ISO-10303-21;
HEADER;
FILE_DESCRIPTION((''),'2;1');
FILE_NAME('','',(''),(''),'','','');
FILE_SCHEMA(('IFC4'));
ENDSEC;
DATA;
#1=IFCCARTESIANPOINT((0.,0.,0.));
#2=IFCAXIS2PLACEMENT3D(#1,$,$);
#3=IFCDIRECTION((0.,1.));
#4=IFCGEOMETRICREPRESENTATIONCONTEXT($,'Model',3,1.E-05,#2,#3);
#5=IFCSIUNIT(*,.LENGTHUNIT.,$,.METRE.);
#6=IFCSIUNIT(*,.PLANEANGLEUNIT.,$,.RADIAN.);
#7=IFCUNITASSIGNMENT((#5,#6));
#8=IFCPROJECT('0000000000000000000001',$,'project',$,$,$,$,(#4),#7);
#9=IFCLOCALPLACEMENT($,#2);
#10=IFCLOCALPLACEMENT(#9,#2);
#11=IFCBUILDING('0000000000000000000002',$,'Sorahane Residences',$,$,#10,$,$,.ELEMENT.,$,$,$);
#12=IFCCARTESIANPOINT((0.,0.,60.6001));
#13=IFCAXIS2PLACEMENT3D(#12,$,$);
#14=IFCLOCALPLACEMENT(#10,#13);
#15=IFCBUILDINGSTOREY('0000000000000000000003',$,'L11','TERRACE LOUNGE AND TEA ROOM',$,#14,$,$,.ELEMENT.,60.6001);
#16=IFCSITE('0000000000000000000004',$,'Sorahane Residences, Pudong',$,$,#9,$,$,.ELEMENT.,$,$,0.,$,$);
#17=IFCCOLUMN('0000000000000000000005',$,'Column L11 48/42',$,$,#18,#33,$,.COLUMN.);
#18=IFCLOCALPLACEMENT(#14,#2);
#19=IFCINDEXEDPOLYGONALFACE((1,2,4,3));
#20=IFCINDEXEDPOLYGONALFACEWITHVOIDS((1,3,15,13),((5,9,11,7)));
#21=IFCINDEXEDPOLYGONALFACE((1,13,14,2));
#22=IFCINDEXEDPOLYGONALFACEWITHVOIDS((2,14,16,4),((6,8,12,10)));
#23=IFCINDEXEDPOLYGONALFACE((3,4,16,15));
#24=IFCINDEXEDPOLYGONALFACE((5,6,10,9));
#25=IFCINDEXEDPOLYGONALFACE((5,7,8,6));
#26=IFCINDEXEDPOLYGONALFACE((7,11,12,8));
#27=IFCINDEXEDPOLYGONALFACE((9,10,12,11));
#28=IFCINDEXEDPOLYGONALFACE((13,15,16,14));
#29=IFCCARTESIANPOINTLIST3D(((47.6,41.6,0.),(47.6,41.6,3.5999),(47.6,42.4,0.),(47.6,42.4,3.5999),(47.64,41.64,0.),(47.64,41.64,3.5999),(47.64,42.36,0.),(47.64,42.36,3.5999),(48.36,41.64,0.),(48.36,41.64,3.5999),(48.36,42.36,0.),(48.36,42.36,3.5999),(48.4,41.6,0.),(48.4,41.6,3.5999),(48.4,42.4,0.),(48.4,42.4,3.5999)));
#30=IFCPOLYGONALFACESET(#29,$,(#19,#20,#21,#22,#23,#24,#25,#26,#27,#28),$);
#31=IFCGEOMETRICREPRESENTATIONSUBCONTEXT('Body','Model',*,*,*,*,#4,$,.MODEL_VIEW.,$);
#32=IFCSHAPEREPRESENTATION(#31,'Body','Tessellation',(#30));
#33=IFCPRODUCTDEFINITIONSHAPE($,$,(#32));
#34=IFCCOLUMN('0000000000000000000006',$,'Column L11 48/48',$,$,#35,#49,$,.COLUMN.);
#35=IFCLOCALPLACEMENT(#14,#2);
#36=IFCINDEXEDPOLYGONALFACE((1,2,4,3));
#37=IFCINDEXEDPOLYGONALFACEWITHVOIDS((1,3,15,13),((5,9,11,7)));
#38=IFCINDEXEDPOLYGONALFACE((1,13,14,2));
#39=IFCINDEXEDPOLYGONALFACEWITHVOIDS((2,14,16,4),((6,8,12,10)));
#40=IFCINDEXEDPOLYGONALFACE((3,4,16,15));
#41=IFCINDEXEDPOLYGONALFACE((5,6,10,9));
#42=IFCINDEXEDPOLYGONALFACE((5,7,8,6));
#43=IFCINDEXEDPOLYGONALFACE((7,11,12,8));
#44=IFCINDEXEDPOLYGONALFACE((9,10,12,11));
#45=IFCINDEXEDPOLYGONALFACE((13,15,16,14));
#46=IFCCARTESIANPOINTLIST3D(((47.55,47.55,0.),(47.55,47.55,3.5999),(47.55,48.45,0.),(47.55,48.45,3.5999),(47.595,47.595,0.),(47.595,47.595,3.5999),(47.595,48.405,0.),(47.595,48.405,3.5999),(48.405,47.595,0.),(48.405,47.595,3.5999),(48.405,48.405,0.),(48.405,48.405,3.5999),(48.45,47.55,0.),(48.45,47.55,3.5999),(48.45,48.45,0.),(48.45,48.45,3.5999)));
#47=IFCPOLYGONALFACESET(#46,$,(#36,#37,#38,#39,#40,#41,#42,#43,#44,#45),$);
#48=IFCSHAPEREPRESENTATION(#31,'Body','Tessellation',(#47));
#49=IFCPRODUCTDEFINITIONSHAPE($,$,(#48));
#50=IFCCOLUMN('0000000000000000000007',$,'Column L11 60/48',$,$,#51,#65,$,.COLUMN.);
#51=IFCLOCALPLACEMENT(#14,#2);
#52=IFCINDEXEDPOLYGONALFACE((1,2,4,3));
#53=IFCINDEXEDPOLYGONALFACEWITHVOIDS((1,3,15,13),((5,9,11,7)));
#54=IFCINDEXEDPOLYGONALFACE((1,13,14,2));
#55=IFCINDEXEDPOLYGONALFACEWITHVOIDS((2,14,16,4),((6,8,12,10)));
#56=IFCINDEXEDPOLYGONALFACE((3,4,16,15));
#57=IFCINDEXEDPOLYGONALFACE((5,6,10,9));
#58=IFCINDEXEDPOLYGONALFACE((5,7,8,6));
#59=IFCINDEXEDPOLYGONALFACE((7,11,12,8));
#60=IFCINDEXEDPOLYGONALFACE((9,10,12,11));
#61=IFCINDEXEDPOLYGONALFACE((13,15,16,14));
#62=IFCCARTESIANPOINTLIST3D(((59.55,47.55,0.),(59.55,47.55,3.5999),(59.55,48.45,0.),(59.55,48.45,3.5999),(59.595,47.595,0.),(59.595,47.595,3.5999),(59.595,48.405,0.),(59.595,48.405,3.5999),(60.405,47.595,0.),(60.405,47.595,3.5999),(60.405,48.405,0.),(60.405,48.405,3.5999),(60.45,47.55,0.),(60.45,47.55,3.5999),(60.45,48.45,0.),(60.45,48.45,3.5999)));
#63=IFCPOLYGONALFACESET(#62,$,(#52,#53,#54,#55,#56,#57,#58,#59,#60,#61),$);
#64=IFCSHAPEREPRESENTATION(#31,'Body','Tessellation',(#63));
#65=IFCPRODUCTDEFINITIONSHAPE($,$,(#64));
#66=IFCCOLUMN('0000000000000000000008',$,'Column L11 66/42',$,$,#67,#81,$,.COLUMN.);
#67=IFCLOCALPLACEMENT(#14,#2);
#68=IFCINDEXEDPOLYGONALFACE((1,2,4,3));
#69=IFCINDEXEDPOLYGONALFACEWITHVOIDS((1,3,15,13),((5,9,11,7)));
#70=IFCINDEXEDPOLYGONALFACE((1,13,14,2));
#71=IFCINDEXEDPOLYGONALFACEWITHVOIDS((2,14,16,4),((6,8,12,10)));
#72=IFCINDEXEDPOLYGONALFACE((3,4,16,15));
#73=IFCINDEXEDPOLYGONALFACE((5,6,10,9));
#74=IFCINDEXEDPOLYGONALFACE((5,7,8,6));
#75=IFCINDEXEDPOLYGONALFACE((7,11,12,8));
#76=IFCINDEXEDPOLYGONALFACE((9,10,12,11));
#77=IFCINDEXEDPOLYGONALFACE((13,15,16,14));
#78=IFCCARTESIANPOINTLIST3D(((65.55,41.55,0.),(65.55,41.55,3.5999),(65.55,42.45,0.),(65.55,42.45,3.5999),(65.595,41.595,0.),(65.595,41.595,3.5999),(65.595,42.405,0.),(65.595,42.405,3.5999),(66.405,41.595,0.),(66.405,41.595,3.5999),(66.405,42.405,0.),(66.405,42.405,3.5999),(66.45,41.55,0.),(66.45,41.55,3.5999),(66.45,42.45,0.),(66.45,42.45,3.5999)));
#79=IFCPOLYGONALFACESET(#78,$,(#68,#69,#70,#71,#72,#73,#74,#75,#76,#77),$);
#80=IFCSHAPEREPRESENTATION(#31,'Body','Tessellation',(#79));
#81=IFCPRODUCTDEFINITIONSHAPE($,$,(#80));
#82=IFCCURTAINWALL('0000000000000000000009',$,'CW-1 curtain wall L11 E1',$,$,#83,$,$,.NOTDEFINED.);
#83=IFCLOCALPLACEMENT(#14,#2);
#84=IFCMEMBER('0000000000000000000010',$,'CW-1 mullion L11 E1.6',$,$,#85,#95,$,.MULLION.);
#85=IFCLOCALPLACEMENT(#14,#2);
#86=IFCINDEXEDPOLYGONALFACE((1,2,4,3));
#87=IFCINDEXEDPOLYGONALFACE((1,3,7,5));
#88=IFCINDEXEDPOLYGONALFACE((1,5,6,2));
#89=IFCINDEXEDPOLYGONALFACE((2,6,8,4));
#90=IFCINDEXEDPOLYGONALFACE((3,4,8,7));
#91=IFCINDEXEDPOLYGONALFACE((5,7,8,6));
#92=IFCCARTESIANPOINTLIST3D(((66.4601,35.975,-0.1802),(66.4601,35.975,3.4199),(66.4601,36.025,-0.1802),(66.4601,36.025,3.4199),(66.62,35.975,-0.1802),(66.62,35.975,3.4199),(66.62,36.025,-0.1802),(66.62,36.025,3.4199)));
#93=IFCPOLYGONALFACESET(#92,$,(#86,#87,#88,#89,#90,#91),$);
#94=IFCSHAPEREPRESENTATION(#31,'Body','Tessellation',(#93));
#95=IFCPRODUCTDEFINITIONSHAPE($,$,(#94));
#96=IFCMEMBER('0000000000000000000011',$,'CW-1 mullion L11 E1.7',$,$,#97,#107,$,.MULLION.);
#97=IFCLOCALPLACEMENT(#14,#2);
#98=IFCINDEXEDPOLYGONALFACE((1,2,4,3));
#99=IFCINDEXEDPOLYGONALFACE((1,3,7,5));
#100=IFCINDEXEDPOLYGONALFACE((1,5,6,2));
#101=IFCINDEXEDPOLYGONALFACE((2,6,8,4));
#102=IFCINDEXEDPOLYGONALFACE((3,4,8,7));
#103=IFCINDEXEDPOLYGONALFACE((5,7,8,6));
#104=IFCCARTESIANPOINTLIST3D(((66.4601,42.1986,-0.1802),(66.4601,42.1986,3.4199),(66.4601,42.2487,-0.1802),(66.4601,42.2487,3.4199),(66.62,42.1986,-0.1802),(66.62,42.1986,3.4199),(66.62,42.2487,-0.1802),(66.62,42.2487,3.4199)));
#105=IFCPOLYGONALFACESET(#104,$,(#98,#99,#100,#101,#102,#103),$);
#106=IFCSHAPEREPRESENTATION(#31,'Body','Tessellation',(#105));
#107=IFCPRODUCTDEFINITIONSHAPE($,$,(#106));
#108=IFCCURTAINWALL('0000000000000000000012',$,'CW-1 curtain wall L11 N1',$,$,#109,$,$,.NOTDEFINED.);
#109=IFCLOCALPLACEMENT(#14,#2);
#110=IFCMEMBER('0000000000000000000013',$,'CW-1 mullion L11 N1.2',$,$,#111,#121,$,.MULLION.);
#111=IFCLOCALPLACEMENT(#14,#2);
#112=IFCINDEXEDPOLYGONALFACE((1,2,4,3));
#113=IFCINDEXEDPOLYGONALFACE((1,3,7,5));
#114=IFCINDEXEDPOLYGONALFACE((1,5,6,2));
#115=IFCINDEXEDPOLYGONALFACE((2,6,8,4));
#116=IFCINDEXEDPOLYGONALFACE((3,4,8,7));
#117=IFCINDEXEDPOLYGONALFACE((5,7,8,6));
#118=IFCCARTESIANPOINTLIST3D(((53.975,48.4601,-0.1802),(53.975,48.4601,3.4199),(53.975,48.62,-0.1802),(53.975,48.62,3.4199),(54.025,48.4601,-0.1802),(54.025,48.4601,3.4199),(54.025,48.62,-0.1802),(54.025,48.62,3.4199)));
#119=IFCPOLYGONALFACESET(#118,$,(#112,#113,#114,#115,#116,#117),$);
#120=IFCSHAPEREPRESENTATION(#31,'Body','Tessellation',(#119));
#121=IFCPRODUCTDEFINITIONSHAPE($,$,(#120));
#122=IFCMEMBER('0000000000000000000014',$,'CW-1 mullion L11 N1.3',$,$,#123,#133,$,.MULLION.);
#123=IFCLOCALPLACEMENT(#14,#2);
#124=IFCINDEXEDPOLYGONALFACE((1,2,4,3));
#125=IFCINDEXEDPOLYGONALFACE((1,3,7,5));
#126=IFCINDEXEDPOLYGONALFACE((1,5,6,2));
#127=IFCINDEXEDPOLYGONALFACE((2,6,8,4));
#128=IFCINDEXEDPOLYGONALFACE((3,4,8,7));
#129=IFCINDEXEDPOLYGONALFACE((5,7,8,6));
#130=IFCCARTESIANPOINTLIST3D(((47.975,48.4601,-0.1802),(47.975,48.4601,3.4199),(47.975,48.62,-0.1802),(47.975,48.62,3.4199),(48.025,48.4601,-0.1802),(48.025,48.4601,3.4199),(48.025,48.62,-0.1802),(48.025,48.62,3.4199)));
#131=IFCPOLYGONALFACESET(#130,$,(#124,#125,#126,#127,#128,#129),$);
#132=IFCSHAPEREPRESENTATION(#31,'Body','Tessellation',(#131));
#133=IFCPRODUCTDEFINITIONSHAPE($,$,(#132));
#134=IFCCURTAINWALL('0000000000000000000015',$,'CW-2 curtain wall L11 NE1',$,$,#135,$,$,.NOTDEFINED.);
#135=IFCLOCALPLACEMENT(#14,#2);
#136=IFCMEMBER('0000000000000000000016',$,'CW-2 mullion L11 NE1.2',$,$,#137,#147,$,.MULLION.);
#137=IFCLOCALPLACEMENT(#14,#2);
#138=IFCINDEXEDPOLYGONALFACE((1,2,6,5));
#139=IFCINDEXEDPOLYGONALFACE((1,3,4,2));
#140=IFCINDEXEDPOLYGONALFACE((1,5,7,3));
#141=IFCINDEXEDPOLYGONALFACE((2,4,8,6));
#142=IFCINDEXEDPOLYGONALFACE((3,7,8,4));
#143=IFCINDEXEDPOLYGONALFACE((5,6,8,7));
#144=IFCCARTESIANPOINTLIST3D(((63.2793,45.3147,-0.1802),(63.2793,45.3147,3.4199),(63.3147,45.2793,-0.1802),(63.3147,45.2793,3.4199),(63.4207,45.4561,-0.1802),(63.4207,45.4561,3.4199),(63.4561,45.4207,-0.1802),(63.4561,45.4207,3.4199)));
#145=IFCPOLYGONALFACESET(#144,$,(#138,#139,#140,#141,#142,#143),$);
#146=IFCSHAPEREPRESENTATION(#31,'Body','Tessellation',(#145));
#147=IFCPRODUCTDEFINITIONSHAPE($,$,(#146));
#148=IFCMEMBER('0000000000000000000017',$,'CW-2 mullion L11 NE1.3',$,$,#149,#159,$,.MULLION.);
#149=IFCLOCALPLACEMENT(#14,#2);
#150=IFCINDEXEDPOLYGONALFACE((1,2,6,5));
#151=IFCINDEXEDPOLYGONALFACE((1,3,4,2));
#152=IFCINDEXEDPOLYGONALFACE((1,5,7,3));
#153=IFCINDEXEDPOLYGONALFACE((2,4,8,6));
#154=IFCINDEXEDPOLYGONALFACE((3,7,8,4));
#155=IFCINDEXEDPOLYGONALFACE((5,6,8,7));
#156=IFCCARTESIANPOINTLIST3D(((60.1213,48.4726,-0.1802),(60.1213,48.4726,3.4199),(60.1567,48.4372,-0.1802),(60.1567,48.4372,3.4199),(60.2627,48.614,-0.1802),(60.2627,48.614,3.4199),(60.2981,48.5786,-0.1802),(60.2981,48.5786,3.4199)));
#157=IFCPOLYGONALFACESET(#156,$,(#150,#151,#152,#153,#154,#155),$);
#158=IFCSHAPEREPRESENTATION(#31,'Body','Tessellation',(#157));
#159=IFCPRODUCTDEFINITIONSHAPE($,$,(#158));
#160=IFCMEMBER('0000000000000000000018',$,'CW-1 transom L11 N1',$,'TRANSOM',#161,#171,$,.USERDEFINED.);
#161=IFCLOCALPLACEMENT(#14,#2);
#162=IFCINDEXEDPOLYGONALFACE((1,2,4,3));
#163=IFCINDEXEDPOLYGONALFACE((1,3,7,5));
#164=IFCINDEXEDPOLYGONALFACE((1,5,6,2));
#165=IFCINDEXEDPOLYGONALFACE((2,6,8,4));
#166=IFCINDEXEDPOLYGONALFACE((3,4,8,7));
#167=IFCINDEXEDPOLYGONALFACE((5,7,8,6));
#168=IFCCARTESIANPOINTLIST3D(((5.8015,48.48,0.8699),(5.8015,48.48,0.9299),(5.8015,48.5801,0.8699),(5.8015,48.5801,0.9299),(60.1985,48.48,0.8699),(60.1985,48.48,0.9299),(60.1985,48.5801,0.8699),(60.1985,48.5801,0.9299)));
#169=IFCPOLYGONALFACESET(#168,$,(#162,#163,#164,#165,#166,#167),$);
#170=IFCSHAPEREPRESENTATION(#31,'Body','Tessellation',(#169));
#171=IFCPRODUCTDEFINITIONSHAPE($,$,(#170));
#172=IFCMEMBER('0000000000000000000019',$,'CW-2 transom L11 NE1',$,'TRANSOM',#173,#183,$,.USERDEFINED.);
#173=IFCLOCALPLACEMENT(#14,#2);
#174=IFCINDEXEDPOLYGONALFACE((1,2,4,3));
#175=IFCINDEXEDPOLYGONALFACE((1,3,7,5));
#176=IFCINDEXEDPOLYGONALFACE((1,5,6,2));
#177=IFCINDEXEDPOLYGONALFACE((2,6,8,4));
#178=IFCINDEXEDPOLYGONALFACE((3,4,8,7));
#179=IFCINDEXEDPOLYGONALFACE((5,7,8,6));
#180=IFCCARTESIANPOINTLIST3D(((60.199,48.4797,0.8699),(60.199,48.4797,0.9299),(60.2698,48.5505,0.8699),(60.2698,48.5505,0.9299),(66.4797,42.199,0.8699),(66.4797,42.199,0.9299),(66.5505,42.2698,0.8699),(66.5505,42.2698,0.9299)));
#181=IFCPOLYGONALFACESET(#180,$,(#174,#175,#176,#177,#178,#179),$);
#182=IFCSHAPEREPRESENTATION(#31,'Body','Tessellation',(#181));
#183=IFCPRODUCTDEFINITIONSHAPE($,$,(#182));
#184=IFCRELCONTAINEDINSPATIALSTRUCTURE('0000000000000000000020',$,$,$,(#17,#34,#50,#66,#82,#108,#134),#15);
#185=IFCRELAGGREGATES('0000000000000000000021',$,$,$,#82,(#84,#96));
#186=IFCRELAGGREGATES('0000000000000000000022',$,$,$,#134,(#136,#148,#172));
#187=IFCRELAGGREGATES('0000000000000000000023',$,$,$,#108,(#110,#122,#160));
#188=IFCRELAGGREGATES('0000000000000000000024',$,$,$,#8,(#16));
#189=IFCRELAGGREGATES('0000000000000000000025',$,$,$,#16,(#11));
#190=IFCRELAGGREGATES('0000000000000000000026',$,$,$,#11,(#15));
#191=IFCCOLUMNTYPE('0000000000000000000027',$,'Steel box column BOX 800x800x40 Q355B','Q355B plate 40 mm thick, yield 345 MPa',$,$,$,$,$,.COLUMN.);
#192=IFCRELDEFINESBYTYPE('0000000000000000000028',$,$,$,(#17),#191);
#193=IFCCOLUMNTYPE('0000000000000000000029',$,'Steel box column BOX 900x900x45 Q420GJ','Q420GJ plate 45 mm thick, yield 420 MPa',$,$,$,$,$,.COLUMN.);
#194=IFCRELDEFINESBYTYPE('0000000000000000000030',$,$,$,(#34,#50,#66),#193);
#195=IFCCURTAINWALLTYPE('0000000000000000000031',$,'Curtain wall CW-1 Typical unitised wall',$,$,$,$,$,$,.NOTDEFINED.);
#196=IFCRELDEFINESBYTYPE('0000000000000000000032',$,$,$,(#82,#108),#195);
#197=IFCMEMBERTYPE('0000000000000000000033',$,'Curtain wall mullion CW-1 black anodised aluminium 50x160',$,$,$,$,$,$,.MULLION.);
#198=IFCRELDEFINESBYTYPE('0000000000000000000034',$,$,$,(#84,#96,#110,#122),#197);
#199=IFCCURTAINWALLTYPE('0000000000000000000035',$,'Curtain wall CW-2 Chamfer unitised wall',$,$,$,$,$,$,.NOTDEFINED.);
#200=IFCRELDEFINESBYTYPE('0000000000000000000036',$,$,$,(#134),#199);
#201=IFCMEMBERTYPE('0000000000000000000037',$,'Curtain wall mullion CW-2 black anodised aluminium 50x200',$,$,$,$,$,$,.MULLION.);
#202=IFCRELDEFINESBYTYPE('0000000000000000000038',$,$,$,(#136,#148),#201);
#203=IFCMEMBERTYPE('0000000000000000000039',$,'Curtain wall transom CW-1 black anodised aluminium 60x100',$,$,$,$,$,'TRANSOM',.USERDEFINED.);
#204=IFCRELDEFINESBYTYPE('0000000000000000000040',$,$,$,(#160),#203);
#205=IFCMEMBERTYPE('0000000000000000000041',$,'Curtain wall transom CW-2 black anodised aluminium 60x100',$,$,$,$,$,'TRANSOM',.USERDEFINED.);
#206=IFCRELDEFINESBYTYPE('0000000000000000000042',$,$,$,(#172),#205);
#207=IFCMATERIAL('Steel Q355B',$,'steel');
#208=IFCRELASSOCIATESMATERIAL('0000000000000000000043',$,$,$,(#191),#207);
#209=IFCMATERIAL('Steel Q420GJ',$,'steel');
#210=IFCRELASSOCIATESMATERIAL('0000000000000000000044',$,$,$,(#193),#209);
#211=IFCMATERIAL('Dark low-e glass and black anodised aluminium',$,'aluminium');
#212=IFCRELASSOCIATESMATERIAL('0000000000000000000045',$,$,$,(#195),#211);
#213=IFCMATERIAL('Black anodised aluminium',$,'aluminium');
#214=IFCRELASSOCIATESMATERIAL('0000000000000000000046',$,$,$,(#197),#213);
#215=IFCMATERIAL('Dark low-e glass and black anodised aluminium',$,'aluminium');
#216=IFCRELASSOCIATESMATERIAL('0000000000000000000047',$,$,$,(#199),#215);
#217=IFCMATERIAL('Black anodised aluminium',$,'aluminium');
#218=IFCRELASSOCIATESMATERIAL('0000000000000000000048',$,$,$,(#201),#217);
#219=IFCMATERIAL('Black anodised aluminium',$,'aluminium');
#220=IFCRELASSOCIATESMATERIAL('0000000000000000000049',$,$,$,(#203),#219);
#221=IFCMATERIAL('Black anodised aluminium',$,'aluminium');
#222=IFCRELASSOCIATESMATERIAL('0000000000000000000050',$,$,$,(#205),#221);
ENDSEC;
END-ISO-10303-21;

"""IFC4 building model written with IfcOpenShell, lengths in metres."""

from ifc_helpers import new_model, si_unit, direction, frame, origin, origin_2d, place, context, subcontext, project, spatial, rectangle, hollow_rectangle, extrude, material, material_profile, profile_set, type_object, element, aggregate, save


model = new_model("IFC4")

# Units and contexts
model_context = context("Model", 3, precision=1e-05, world=origin(), true_north=direction((0.0, 1.0)))
body_context = subcontext(model_context, "Body", "Model", "MODEL_VIEW")
ifc_project = project(units=[si_unit("LENGTHUNIT", "METRE"), si_unit("PLANEANGLEUNIT", "RADIAN")], contexts=[model_context])

# Site, building, storey
site_placement = place(None, origin())
site = spatial("IfcSite", under=ifc_project, at=site_placement, Name="Sorahane Residences, Pudong", CompositionType="ELEMENT", RefElevation=0.0)
building_placement = place(site_placement, origin())
building = spatial("IfcBuilding", under=site, at=building_placement, Name="Sorahane Residences", CompositionType="ELEMENT")
storey_placement = place(building_placement, frame((0.0, 0.0, 60.6001)))
storey = spatial("IfcBuildingStorey", under=building, at=storey_placement, Name="L11", Description="TERRACE LOUNGE AND TEA ROOM", CompositionType="ELEMENT", Elevation=60.6001)

# Columns
ifc_material_1 = material(Name="Steel Q355B", Category="steel")
ifc_material_profile_1 = material_profile(ifc_material_1, hollow_rectangle(XDim=0.8, YDim=0.8, WallThickness=0.04, at=origin_2d()), Name="BOX 800x800x40")
ifc_profile_set_1 = profile_set([ifc_material_profile_1], Name="Steel Q355B")
column_type_1 = type_object("IfcColumnType", Name="Steel box column BOX 800x800x40 Q355B", Description="Q355B plate 40 mm thick, yield 345 MPa", PredefinedType="COLUMN", material=ifc_profile_set_1)
column_placement = place(storey_placement, frame((48.0, 42.0, 0.0), z_axis=(0.0, 0.0, 1.0), x_axis=(1.0, 0.0, 0.0)))
element("IfcColumn", 1, at=column_placement, inside=storey, type_object=column_type_1, Name="Column L11 48/42", PredefinedType="COLUMN", context=body_context, shape_type="SweptSolid", body=[
    extrude(hollow_rectangle(XDim=0.8, YDim=0.8, WallThickness=0.04, at=origin_2d()), origin(), (0.0, 0.0, 1.0), 3.5999),
])
ifc_material_2 = material(Name="Steel Q420GJ", Category="steel")
ifc_material_profile_2 = material_profile(ifc_material_2, hollow_rectangle(XDim=0.8999, YDim=0.8999, WallThickness=0.0449, at=origin_2d()), Name="BOX 900x900x45")
ifc_profile_set_2 = profile_set([ifc_material_profile_2], Name="Steel Q420GJ")
column_type_2 = type_object("IfcColumnType", Name="Steel box column BOX 900x900x45 Q420GJ", Description="Q420GJ plate 45 mm thick, yield 420 MPa", PredefinedType="COLUMN", material=ifc_profile_set_2)
for number, where, z_axis, x_axis, name in (
    (2, (48.0, 48.0, 0.0), (0.0, 0.0, 1.0), (1.0, 0.0, 0.0), "Column L11 48/48"),
    (3, (60.0, 48.0, 0.0), (0.0, 0.0, 1.0), (1.0, 0.0, 0.0), "Column L11 60/48"),
    (4, (66.0, 42.0, 0.0), (0.0, 0.0, 1.0), (1.0, 0.0, 0.0), "Column L11 66/42"),
):
    element("IfcColumn", number, at=place(storey_placement, frame(where, z_axis=z_axis, x_axis=x_axis)), inside=storey, type_object=column_type_2, Name=name, PredefinedType="COLUMN", context=body_context, shape_type="SweptSolid", body=[
        extrude(hollow_rectangle(XDim=0.8999, YDim=0.8999, WallThickness=0.0449, at=origin_2d()), origin(), (0.0, 0.0, 1.0), 3.5999),
    ])

# Curtain walls, members
ifc_material_3 = material(Name="Dark low-e glass and black anodised aluminium", Category="aluminium")
curtain_wall_type_1 = type_object("IfcCurtainWallType", Name="Curtain wall CW-1 Typical unitised wall", PredefinedType="NOTDEFINED", material=ifc_material_3)
curtain_wall_1_placement = place(storey_placement, origin())
curtain_wall_1 = element("IfcCurtainWall", 5, at=curtain_wall_1_placement, inside=storey, type_object=curtain_wall_type_1, Name="CW-1 curtain wall L11 E1", PredefinedType="NOTDEFINED")
ifc_material_4 = material(Name="Black anodised aluminium", Category="aluminium")
ifc_material_profile_3 = material_profile(ifc_material_4, rectangle(XDim=0.1599, YDim=0.05, at=origin_2d()), Name="Curtain wall mullion CW-1 black anodised aluminium 50x160")
ifc_profile_set_3 = profile_set([ifc_material_profile_3], Name="Black anodised aluminium")
member_type_1 = type_object("IfcMemberType", Name="Curtain wall mullion CW-1 black anodised aluminium 50x160", PredefinedType="MULLION", material=ifc_profile_set_3)
member_1_placement = place(storey_placement, frame((66.54, 36.0, -0.1802), z_axis=(0.0, 0.0, 1.0), x_axis=(1.0, 0.0, 0.0)))
member_1 = element("IfcMember", 6, at=member_1_placement, type_object=member_type_1, Name="CW-1 mullion L11 E1.6", PredefinedType="MULLION", context=body_context, shape_type="SweptSolid", body=[
    extrude(rectangle(XDim=0.1599, YDim=0.05, at=origin_2d()), origin(), (0.0, 0.0, 1.0), 3.6001),
])
member_2_placement = place(storey_placement, frame((66.54, 42.2236, -0.1802), z_axis=(0.0, 0.0, 1.0), x_axis=(1.0, 0.0, 0.0)))
member_2 = element("IfcMember", 7, at=member_2_placement, type_object=member_type_1, Name="CW-1 mullion L11 E1.7", PredefinedType="MULLION", context=body_context, shape_type="SweptSolid", body=[
    extrude(rectangle(XDim=0.1599, YDim=0.05, at=origin_2d()), origin(), (0.0, 0.0, 1.0), 3.6001),
])
curtain_wall_2_placement = place(storey_placement, origin())
curtain_wall_2 = element("IfcCurtainWall", 8, at=curtain_wall_2_placement, inside=storey, type_object=curtain_wall_type_1, Name="CW-1 curtain wall L11 N1", PredefinedType="NOTDEFINED")
member_3_placement = place(storey_placement, frame((54.0, 48.54, -0.1802), z_axis=(0.0, 0.0, 1.0), x_axis=(0.0, 1.0, 0.0)))
member_3 = element("IfcMember", 9, at=member_3_placement, type_object=member_type_1, Name="CW-1 mullion L11 N1.2", PredefinedType="MULLION", context=body_context, shape_type="SweptSolid", body=[
    extrude(rectangle(XDim=0.1599, YDim=0.05, at=origin_2d()), origin(), (0.0, 0.0, 1.0), 3.6001),
])
member_4_placement = place(storey_placement, frame((48.0, 48.54, -0.1802), z_axis=(0.0, 0.0, 1.0), x_axis=(0.0, 1.0, 0.0)))
member_4 = element("IfcMember", 10, at=member_4_placement, type_object=member_type_1, Name="CW-1 mullion L11 N1.3", PredefinedType="MULLION", context=body_context, shape_type="SweptSolid", body=[
    extrude(rectangle(XDim=0.1599, YDim=0.05, at=origin_2d()), origin(), (0.0, 0.0, 1.0), 3.6001),
])
ifc_material_5 = material(Name="Dark low-e glass and black anodised aluminium", Category="aluminium")
curtain_wall_type_2 = type_object("IfcCurtainWallType", Name="Curtain wall CW-2 Chamfer unitised wall", PredefinedType="NOTDEFINED", material=ifc_material_5)
curtain_wall_3_placement = place(storey_placement, origin())
curtain_wall_3 = element("IfcCurtainWall", 11, at=curtain_wall_3_placement, inside=storey, type_object=curtain_wall_type_2, Name="CW-2 curtain wall L11 NE1", PredefinedType="NOTDEFINED")
ifc_material_6 = material(Name="Black anodised aluminium", Category="aluminium")
ifc_material_profile_4 = material_profile(ifc_material_6, rectangle(XDim=0.2, YDim=0.05, at=origin_2d()), Name="Curtain wall mullion CW-2 black anodised aluminium 50x200")
ifc_profile_set_4 = profile_set([ifc_material_profile_4], Name="Black anodised aluminium")
member_type_2 = type_object("IfcMemberType", Name="Curtain wall mullion CW-2 black anodised aluminium 50x200", PredefinedType="MULLION", material=ifc_profile_set_4)
member_5_placement = place(storey_placement, frame((63.3677, 45.3677, -0.1802), z_axis=(0.0, 0.0, 1.0), x_axis=(0.707107, 0.707107, 0.0)))
member_5 = element("IfcMember", 12, at=member_5_placement, type_object=member_type_2, Name="CW-2 mullion L11 NE1.2", PredefinedType="MULLION", context=body_context, shape_type="SweptSolid", body=[
    extrude(rectangle(XDim=0.2, YDim=0.05, at=origin_2d()), origin(), (0.0, 0.0, 1.0), 3.6001),
])
member_6_placement = place(storey_placement, frame((60.2097, 48.5256, -0.1802), z_axis=(0.0, 0.0, 1.0), x_axis=(0.707107, 0.707107, 0.0)))
member_6 = element("IfcMember", 13, at=member_6_placement, type_object=member_type_2, Name="CW-2 mullion L11 NE1.3", PredefinedType="MULLION", context=body_context, shape_type="SweptSolid", body=[
    extrude(rectangle(XDim=0.2, YDim=0.05, at=origin_2d()), origin(), (0.0, 0.0, 1.0), 3.6001),
])

# Members
ifc_material_7 = material(Name="Black anodised aluminium", Category="aluminium")
ifc_material_profile_5 = material_profile(ifc_material_7, rectangle(XDim=0.1001, YDim=0.0601, at=origin_2d()), Name="Curtain wall transom CW-1 black anodised aluminium 60x100")
ifc_profile_set_5 = profile_set([ifc_material_profile_5], Name="Black anodised aluminium")
member_type_3 = type_object("IfcMemberType", Name="Curtain wall transom CW-1 black anodised aluminium 60x100", ElementType="TRANSOM", PredefinedType="USERDEFINED", material=ifc_profile_set_5)
member_7_placement = place(storey_placement, frame((60.1985, 48.53, 0.8999), z_axis=(-1.0, 0.0, 0.0), x_axis=(0.0, -1.0, 0.0)))
member_7 = element("IfcMember", 14, at=member_7_placement, type_object=member_type_3, Name="CW-1 transom L11 N1", ObjectType="TRANSOM", PredefinedType="USERDEFINED", context=body_context, shape_type="SweptSolid", body=[
    extrude(rectangle(XDim=0.1001, YDim=0.0601, at=origin_2d()), origin(), (0.0, 0.0, 1.0), 54.397),
])
ifc_material_8 = material(Name="Black anodised aluminium", Category="aluminium")
ifc_material_profile_6 = material_profile(ifc_material_8, rectangle(XDim=0.1001, YDim=0.0601, at=origin_2d()), Name="Curtain wall transom CW-2 black anodised aluminium 60x100")
ifc_profile_set_6 = profile_set([ifc_material_profile_6], Name="Black anodised aluminium")
member_type_4 = type_object("IfcMemberType", Name="Curtain wall transom CW-2 black anodised aluminium 60x100", ElementType="TRANSOM", PredefinedType="USERDEFINED", material=ifc_profile_set_6)
member_8_placement = place(storey_placement, frame((66.5151, 42.2344, 0.8999), z_axis=(-0.707107, 0.707107, 0.0), x_axis=(-0.707107, -0.707107, 0.0)))
member_8 = element("IfcMember", 15, at=member_8_placement, type_object=member_type_4, Name="CW-2 transom L11 NE1", ObjectType="TRANSOM", PredefinedType="USERDEFINED", context=body_context, shape_type="SweptSolid", body=[
    extrude(rectangle(XDim=0.1001, YDim=0.0601, at=origin_2d()), origin(), (0.0, 0.0, 1.0), 8.8823),
])

aggregate(curtain_wall_1, [member_1, member_2])
aggregate(curtain_wall_3, [member_5, member_6, member_8])
aggregate(curtain_wall_2, [member_3, member_4, member_7])

save(model, "model.ifc")
